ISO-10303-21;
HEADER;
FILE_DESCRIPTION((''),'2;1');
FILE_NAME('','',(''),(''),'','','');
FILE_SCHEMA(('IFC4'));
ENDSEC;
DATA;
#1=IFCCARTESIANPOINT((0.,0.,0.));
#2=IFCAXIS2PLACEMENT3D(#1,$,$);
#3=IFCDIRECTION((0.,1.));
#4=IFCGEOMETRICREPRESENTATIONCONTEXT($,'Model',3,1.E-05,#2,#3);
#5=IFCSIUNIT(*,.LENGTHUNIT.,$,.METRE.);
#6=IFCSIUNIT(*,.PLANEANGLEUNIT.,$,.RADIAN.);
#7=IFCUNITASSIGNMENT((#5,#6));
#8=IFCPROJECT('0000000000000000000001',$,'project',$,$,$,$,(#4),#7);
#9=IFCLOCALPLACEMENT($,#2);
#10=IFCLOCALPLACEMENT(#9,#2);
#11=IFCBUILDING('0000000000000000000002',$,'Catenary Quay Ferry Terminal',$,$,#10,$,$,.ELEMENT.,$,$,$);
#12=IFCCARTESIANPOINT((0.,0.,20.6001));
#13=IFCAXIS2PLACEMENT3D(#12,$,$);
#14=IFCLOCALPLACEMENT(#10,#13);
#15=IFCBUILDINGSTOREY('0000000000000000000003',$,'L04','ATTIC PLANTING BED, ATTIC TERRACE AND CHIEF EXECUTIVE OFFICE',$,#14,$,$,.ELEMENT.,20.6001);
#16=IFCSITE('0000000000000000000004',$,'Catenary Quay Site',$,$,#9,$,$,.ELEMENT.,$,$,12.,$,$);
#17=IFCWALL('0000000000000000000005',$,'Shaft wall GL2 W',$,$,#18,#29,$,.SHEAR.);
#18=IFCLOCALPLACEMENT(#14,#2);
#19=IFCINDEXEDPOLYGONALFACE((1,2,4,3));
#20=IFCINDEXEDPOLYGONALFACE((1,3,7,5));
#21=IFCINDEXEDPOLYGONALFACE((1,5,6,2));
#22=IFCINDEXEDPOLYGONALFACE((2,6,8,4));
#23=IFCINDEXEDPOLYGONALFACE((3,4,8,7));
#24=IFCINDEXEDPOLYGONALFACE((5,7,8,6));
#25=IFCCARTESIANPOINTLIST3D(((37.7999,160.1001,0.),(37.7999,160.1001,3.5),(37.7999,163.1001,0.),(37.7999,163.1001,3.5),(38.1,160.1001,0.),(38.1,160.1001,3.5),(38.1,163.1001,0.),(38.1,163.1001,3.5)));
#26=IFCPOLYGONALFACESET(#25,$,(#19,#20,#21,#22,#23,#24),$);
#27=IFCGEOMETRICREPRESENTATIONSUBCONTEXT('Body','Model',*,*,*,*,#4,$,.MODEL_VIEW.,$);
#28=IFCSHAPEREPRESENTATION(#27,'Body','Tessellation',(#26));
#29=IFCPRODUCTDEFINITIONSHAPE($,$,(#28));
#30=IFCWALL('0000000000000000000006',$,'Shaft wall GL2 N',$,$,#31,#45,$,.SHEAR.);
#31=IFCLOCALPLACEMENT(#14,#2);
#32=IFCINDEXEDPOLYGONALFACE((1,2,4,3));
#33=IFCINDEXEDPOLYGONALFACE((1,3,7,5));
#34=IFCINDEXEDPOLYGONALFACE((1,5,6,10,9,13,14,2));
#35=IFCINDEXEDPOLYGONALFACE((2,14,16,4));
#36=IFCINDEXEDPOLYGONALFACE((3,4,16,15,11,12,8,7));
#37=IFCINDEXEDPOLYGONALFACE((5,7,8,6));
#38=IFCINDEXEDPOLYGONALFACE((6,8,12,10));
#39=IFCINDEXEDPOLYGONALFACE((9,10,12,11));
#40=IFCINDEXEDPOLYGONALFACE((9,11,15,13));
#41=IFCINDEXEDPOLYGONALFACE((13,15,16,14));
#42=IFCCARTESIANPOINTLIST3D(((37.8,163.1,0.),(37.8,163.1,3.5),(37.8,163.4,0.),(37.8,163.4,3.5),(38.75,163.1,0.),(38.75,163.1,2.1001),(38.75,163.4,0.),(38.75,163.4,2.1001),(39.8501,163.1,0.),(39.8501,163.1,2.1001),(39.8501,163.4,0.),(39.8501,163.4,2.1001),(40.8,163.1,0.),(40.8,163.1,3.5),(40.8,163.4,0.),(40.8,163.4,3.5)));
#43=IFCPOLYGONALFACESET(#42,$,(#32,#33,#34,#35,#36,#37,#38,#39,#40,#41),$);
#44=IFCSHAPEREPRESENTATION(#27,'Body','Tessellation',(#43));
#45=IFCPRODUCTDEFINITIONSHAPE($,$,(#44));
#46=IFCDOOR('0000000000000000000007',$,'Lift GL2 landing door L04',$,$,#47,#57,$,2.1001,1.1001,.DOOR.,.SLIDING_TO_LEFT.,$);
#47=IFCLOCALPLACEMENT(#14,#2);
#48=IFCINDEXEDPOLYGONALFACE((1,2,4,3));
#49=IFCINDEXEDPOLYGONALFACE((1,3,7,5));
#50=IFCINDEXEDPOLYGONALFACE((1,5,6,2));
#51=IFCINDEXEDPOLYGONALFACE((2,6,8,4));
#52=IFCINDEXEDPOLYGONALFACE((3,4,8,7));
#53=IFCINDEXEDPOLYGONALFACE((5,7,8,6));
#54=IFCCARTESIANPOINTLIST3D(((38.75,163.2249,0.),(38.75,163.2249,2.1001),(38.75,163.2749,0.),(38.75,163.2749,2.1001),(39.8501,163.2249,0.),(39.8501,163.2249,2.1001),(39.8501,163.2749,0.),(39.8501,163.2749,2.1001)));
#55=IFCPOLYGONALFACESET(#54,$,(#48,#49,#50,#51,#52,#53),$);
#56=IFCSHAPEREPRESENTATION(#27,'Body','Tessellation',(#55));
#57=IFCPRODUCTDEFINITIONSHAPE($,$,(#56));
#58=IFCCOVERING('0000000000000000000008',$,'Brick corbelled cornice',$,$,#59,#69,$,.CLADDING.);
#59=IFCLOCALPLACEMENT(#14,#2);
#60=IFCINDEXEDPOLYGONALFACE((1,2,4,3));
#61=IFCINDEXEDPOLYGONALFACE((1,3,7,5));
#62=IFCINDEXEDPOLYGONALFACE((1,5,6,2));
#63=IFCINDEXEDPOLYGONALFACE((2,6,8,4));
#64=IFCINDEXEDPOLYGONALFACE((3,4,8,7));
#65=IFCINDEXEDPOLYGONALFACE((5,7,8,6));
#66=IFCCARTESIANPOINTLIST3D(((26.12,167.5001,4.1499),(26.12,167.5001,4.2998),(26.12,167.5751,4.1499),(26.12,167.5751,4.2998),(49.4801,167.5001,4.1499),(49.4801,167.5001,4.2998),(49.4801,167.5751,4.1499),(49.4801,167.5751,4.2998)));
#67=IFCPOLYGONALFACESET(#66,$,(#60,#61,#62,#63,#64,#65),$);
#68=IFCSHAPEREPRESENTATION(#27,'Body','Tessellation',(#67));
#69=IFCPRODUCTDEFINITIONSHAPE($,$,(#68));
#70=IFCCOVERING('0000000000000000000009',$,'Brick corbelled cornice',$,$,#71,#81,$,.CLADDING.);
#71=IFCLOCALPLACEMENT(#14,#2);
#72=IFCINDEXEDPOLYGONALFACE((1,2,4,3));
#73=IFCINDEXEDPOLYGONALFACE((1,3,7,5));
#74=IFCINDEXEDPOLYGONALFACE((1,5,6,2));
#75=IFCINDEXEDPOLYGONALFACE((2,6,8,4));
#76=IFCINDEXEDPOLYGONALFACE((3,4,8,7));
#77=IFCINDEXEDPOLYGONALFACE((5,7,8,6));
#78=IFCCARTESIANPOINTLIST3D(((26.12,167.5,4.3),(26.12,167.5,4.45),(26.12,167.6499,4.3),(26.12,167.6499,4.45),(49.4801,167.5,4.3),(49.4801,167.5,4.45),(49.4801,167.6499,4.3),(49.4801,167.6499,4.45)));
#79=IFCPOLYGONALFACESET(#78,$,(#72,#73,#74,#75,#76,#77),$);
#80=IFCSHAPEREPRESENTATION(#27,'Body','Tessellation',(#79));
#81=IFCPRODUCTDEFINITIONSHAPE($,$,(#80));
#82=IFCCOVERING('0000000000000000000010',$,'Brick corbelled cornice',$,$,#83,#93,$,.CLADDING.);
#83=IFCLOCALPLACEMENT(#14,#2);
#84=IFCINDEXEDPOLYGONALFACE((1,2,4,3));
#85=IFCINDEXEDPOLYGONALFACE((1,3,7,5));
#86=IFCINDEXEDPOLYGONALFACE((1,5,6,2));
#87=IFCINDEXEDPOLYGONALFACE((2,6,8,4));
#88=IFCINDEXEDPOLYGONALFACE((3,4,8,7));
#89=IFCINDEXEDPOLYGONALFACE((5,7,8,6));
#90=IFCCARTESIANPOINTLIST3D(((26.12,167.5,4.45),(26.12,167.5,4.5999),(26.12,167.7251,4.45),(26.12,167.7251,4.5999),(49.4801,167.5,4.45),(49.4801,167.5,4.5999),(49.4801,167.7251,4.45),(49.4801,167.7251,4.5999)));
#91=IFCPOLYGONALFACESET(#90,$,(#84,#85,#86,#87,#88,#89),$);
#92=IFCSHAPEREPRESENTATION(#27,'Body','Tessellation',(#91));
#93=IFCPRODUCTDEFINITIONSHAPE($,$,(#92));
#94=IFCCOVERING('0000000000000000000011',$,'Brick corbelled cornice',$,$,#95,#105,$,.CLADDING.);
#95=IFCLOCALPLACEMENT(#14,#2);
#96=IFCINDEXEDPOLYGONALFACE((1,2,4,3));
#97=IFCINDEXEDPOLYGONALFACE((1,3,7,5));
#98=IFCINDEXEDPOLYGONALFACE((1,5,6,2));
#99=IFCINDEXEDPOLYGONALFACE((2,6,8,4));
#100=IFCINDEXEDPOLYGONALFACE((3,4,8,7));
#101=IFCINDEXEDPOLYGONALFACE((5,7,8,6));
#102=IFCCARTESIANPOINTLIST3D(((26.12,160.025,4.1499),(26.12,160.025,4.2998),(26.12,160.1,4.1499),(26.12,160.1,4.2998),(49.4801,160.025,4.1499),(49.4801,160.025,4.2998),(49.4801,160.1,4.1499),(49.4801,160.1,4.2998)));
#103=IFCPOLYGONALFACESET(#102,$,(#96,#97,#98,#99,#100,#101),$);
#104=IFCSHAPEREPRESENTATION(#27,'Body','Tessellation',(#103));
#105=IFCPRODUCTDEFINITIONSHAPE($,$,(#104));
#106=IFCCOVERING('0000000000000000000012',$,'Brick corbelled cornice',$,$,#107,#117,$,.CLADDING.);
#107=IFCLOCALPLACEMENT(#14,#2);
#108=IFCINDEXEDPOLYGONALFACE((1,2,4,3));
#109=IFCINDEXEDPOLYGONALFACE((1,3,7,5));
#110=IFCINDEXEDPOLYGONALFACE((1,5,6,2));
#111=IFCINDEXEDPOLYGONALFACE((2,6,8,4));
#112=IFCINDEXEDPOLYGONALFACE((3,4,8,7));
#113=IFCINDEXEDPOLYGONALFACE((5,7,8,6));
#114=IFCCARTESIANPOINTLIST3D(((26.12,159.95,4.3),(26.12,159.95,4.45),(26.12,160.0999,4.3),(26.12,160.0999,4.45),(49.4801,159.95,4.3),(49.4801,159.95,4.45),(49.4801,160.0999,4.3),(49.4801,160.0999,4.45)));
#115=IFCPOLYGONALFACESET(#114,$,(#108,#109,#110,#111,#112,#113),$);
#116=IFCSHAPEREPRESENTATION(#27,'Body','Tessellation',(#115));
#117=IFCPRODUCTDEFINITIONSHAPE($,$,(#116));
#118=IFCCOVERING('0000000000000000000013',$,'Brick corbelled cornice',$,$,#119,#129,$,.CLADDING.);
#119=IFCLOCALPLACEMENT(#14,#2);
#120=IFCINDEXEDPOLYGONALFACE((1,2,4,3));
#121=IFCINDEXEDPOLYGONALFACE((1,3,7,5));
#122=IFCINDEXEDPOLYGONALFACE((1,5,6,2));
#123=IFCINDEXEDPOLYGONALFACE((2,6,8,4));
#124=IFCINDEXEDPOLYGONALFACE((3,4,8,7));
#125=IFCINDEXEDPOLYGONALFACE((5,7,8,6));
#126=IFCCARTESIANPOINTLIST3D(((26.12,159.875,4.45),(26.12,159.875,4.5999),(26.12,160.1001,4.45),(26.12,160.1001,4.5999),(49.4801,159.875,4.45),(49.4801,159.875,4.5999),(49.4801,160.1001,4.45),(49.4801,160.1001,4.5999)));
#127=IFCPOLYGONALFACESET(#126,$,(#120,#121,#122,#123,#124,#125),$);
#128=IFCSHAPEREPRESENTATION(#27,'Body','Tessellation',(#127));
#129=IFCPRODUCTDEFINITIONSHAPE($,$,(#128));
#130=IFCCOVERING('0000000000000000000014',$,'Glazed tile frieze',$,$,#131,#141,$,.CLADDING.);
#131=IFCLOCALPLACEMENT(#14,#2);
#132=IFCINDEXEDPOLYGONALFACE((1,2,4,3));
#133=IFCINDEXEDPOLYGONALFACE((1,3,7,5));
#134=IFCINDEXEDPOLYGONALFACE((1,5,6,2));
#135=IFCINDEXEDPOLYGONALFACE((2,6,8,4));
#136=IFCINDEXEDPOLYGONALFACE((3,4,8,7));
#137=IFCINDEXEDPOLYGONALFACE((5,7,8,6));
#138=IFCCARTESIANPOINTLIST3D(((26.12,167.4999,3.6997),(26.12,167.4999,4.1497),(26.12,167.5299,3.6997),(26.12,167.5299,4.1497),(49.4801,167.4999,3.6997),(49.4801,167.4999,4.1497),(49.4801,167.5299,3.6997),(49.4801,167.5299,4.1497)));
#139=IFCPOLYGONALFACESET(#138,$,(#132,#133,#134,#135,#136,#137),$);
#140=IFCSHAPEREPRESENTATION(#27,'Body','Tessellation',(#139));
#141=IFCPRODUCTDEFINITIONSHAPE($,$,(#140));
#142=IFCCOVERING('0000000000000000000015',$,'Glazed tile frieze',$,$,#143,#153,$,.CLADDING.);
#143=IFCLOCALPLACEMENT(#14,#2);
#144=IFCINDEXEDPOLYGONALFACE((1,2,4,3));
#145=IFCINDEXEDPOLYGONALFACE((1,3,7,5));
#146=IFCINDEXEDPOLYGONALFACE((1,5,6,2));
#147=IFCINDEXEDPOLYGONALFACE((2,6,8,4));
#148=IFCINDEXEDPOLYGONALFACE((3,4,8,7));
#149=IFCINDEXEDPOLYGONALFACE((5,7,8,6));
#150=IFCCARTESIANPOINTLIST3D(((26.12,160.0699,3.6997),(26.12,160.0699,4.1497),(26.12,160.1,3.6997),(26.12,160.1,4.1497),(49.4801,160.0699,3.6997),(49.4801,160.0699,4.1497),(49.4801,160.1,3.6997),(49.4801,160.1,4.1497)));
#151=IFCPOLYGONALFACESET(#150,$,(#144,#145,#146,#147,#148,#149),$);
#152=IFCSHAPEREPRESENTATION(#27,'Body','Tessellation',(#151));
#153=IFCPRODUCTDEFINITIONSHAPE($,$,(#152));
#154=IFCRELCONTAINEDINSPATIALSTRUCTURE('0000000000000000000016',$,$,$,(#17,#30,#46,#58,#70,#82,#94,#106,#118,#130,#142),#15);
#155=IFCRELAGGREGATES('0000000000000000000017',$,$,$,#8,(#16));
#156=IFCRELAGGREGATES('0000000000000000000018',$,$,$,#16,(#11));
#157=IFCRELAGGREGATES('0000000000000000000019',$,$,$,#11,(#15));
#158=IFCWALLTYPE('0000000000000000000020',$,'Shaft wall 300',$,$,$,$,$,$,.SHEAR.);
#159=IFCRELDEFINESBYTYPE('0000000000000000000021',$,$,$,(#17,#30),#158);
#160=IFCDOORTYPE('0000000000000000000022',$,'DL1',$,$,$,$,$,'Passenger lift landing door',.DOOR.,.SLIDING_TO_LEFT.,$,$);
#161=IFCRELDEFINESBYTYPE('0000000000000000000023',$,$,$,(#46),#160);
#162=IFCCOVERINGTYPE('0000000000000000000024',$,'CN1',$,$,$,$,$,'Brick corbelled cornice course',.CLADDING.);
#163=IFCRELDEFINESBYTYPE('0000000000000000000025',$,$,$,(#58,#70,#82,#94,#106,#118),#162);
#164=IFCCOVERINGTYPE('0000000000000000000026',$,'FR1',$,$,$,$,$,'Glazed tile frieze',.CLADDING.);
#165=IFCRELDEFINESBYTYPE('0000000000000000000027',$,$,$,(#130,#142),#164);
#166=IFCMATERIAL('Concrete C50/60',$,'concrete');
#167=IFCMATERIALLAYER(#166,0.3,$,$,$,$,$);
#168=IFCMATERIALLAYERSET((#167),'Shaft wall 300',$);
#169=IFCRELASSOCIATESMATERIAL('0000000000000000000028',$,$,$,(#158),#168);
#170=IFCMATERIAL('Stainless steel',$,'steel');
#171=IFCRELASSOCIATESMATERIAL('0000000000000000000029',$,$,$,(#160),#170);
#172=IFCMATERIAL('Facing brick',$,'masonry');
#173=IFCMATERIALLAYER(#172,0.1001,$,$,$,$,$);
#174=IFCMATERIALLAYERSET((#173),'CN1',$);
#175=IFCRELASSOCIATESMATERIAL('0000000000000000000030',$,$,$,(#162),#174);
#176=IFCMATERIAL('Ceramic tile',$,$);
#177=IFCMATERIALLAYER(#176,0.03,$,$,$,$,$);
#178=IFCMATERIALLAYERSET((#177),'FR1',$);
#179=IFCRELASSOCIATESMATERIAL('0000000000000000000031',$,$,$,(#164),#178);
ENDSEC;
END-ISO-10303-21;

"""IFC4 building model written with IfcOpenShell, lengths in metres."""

from ifc_helpers import new_model, si_unit, direction, frame, frame_2d, origin, origin_2d, place, context, subcontext, project, spatial, rectangle, extrude, material, layer, layer_set, type_object, element, fill, save


model = new_model("IFC4")

# Units and contexts
model_context = context("Model", 3, precision=1e-05, world=origin(), true_north=direction((0.0, 1.0)))
body_context = subcontext(model_context, "Body", "Model", "MODEL_VIEW")
ifc_project = project(units=[si_unit("LENGTHUNIT", "METRE"), si_unit("PLANEANGLEUNIT", "RADIAN")], contexts=[model_context])

# Site, building, storey
site_placement = place(None, origin())
site = spatial("IfcSite", under=ifc_project, at=site_placement, Name="Catenary Quay Site", CompositionType="ELEMENT", RefElevation=12.0)
building_placement = place(site_placement, origin())
building = spatial("IfcBuilding", under=site, at=building_placement, Name="Catenary Quay Ferry Terminal", CompositionType="ELEMENT")
storey_placement = place(building_placement, frame((0.0, 0.0, 20.6001)))
storey = spatial("IfcBuildingStorey", under=building, at=storey_placement, Name="L04", Description="ATTIC PLANTING BED, ATTIC TERRACE AND CHIEF EXECUTIVE OFFICE", CompositionType="ELEMENT", Elevation=20.6001)

# Shared definitions
ifc_material_1 = material(Name="Concrete C50/60", Category="concrete")
ifc_layer_1 = layer(ifc_material_1, 0.3)
ifc_layer_set_1 = layer_set([ifc_layer_1], Name="Shaft wall 300")
wall_type_1 = type_object("IfcWallType", Name="Shaft wall 300", PredefinedType="SHEAR", material=ifc_layer_set_1)

# Shared definitions
ifc_material_2 = material(Name="Stainless steel", Category="steel")
door_type_1 = type_object("IfcDoorType", Name="DL1", ElementType="Passenger lift landing door", OperationType="SLIDING_TO_LEFT", PredefinedType="DOOR", material=ifc_material_2)

# Wall
for number, where, z_axis, x_axis, name in (
    (1, (37.95, 160.1001, 0.0), (0.0, 0.0, 1.0), (0.0, 1.0, 0.0), "Shaft wall GL2 W"),
):
    element("IfcWall", number, at=place(storey_placement, frame(where, z_axis=z_axis, x_axis=x_axis)), inside=storey, type_object=wall_type_1, Name=name, PredefinedType="SHEAR", context=body_context, shape_type="SweptSolid", body=[
        extrude(rectangle(XDim=3.0, YDim=0.3, at=frame_2d((1.5, 0.0))), origin(), (0.0, 0.0, 1.0), 3.5),
    ])

# Wall, opening, door
wall_1_placement = place(storey_placement, frame((37.8, 163.25, 0.0), z_axis=(0.0, 0.0, 1.0), x_axis=(1.0, 0.0, 0.0)))
wall_1 = element("IfcWall", 2, at=wall_1_placement, inside=storey, type_object=wall_type_1, Name="Shaft wall GL2 N", PredefinedType="SHEAR", context=body_context, shape_type="SweptSolid", body=[
    extrude(rectangle(XDim=3.0, YDim=0.3, at=frame_2d((1.5, 0.0))), origin(), (0.0, 0.0, 1.0), 3.5),
])
opening_1_placement = place(wall_1_placement, frame((0.95, 0.0, 0.0)))
opening_1 = element("IfcOpeningElement", 3, at=opening_1_placement, cuts=wall_1, PredefinedType="OPENING", context=body_context, shape_type="SweptSolid", body=[
    extrude(rectangle(XDim=1.1001, YDim=2.1001, at=frame_2d((0.55, 1.05))), frame((0.0, 0.1599, 0.0), z_axis=(0.0, -1.0, 0.0), x_axis=(1.0, 0.0, 0.0)), (0.0, 0.0, 1.0), 0.3201),
])
door_1_placement = place(opening_1_placement, origin())
door_1 = element("IfcDoor", 4, at=door_1_placement, inside=storey, type_object=door_type_1, Name="Lift GL2 landing door L04", OperationType="SLIDING_TO_LEFT", OverallHeight=2.1001, OverallWidth=1.1001, PredefinedType="DOOR", context=body_context, shape_type="SweptSolid", body=[
    extrude(rectangle(XDim=1.1001, YDim=2.1001, at=frame_2d((0.55, 1.05))), frame((0.0, 0.0249, 0.0), z_axis=(0.0, -1.0, 0.0), x_axis=(1.0, 0.0, 0.0)), (0.0, 0.0, 1.0), 0.05),
])
fill(opening_1, door_1)

# Coverings
ifc_material_3 = material(Name="Facing brick", Category="masonry")
ifc_layer_2 = layer(ifc_material_3, 0.1001)
ifc_layer_set_2 = layer_set([ifc_layer_2], Name="CN1")
covering_type_1 = type_object("IfcCoveringType", Name="CN1", ElementType="Brick corbelled cornice course", PredefinedType="CLADDING", material=ifc_layer_set_2)
covering_1_placement = place(storey_placement, frame((37.8, 167.5376, 4.1499), z_axis=(0.0, 0.0, 1.0), x_axis=(1.0, 0.0, 0.0)))
element("IfcCovering", 5, at=covering_1_placement, inside=storey, type_object=covering_type_1, Name="Brick corbelled cornice", PredefinedType="CLADDING", context=body_context, shape_type="SweptSolid", body=[
    extrude(rectangle(XDim=23.3601, YDim=0.075, at=origin_2d()), origin(), (0.0, 0.0, 1.0), 0.1499),
])
covering_2_placement = place(storey_placement, frame((37.8, 167.575, 4.3), z_axis=(0.0, 0.0, 1.0), x_axis=(1.0, 0.0, 0.0)))
element("IfcCovering", 6, at=covering_2_placement, inside=storey, type_object=covering_type_1, Name="Brick corbelled cornice", PredefinedType="CLADDING", context=body_context, shape_type="SweptSolid", body=[
    extrude(rectangle(XDim=23.3601, YDim=0.1499, at=origin_2d()), origin(), (0.0, 0.0, 1.0), 0.1499),
])
covering_3_placement = place(storey_placement, frame((37.8, 167.6125, 4.45), z_axis=(0.0, 0.0, 1.0), x_axis=(1.0, 0.0, 0.0)))
element("IfcCovering", 7, at=covering_3_placement, inside=storey, type_object=covering_type_1, Name="Brick corbelled cornice", PredefinedType="CLADDING", context=body_context, shape_type="SweptSolid", body=[
    extrude(rectangle(XDim=23.3601, YDim=0.2251, at=origin_2d()), origin(), (0.0, 0.0, 1.0), 0.1499),
])
covering_4_placement = place(storey_placement, frame((37.8, 160.0625, 4.1499), z_axis=(0.0, 0.0, 1.0), x_axis=(1.0, 0.0, 0.0)))
element("IfcCovering", 8, at=covering_4_placement, inside=storey, type_object=covering_type_1, Name="Brick corbelled cornice", PredefinedType="CLADDING", context=body_context, shape_type="SweptSolid", body=[
    extrude(rectangle(XDim=23.3601, YDim=0.075, at=origin_2d()), origin(), (0.0, 0.0, 1.0), 0.1499),
])
covering_5_placement = place(storey_placement, frame((37.8, 160.0249, 4.3), z_axis=(0.0, 0.0, 1.0), x_axis=(1.0, 0.0, 0.0)))
element("IfcCovering", 9, at=covering_5_placement, inside=storey, type_object=covering_type_1, Name="Brick corbelled cornice", PredefinedType="CLADDING", context=body_context, shape_type="SweptSolid", body=[
    extrude(rectangle(XDim=23.3601, YDim=0.1499, at=origin_2d()), origin(), (0.0, 0.0, 1.0), 0.1499),
])
covering_6_placement = place(storey_placement, frame((37.8, 159.9875, 4.45), z_axis=(0.0, 0.0, 1.0), x_axis=(1.0, 0.0, 0.0)))
element("IfcCovering", 10, at=covering_6_placement, inside=storey, type_object=covering_type_1, Name="Brick corbelled cornice", PredefinedType="CLADDING", context=body_context, shape_type="SweptSolid", body=[
    extrude(rectangle(XDim=23.3601, YDim=0.2251, at=origin_2d()), origin(), (0.0, 0.0, 1.0), 0.1499),
])
ifc_material_4 = material(Name="Ceramic tile")
ifc_layer_3 = layer(ifc_material_4, 0.03)
ifc_layer_set_3 = layer_set([ifc_layer_3], Name="FR1")
covering_type_2 = type_object("IfcCoveringType", Name="FR1", ElementType="Glazed tile frieze", PredefinedType="CLADDING", material=ifc_layer_set_3)
for number, where, z_axis, x_axis, name in (
    (11, (37.8, 167.5149, 3.6997), (0.0, 0.0, 1.0), (1.0, 0.0, 0.0), "Glazed tile frieze"),
    (12, (37.8, 160.085, 3.6997), (0.0, 0.0, 1.0), (1.0, 0.0, 0.0), "Glazed tile frieze"),
):
    element("IfcCovering", number, at=place(storey_placement, frame(where, z_axis=z_axis, x_axis=x_axis)), inside=storey, type_object=covering_type_2, Name=name, PredefinedType="CLADDING", context=body_context, shape_type="SweptSolid", body=[
        extrude(rectangle(XDim=23.3601, YDim=0.03, at=origin_2d()), origin(), (0.0, 0.0, 1.0), 0.45),
    ])

save(model, "model.ifc")
